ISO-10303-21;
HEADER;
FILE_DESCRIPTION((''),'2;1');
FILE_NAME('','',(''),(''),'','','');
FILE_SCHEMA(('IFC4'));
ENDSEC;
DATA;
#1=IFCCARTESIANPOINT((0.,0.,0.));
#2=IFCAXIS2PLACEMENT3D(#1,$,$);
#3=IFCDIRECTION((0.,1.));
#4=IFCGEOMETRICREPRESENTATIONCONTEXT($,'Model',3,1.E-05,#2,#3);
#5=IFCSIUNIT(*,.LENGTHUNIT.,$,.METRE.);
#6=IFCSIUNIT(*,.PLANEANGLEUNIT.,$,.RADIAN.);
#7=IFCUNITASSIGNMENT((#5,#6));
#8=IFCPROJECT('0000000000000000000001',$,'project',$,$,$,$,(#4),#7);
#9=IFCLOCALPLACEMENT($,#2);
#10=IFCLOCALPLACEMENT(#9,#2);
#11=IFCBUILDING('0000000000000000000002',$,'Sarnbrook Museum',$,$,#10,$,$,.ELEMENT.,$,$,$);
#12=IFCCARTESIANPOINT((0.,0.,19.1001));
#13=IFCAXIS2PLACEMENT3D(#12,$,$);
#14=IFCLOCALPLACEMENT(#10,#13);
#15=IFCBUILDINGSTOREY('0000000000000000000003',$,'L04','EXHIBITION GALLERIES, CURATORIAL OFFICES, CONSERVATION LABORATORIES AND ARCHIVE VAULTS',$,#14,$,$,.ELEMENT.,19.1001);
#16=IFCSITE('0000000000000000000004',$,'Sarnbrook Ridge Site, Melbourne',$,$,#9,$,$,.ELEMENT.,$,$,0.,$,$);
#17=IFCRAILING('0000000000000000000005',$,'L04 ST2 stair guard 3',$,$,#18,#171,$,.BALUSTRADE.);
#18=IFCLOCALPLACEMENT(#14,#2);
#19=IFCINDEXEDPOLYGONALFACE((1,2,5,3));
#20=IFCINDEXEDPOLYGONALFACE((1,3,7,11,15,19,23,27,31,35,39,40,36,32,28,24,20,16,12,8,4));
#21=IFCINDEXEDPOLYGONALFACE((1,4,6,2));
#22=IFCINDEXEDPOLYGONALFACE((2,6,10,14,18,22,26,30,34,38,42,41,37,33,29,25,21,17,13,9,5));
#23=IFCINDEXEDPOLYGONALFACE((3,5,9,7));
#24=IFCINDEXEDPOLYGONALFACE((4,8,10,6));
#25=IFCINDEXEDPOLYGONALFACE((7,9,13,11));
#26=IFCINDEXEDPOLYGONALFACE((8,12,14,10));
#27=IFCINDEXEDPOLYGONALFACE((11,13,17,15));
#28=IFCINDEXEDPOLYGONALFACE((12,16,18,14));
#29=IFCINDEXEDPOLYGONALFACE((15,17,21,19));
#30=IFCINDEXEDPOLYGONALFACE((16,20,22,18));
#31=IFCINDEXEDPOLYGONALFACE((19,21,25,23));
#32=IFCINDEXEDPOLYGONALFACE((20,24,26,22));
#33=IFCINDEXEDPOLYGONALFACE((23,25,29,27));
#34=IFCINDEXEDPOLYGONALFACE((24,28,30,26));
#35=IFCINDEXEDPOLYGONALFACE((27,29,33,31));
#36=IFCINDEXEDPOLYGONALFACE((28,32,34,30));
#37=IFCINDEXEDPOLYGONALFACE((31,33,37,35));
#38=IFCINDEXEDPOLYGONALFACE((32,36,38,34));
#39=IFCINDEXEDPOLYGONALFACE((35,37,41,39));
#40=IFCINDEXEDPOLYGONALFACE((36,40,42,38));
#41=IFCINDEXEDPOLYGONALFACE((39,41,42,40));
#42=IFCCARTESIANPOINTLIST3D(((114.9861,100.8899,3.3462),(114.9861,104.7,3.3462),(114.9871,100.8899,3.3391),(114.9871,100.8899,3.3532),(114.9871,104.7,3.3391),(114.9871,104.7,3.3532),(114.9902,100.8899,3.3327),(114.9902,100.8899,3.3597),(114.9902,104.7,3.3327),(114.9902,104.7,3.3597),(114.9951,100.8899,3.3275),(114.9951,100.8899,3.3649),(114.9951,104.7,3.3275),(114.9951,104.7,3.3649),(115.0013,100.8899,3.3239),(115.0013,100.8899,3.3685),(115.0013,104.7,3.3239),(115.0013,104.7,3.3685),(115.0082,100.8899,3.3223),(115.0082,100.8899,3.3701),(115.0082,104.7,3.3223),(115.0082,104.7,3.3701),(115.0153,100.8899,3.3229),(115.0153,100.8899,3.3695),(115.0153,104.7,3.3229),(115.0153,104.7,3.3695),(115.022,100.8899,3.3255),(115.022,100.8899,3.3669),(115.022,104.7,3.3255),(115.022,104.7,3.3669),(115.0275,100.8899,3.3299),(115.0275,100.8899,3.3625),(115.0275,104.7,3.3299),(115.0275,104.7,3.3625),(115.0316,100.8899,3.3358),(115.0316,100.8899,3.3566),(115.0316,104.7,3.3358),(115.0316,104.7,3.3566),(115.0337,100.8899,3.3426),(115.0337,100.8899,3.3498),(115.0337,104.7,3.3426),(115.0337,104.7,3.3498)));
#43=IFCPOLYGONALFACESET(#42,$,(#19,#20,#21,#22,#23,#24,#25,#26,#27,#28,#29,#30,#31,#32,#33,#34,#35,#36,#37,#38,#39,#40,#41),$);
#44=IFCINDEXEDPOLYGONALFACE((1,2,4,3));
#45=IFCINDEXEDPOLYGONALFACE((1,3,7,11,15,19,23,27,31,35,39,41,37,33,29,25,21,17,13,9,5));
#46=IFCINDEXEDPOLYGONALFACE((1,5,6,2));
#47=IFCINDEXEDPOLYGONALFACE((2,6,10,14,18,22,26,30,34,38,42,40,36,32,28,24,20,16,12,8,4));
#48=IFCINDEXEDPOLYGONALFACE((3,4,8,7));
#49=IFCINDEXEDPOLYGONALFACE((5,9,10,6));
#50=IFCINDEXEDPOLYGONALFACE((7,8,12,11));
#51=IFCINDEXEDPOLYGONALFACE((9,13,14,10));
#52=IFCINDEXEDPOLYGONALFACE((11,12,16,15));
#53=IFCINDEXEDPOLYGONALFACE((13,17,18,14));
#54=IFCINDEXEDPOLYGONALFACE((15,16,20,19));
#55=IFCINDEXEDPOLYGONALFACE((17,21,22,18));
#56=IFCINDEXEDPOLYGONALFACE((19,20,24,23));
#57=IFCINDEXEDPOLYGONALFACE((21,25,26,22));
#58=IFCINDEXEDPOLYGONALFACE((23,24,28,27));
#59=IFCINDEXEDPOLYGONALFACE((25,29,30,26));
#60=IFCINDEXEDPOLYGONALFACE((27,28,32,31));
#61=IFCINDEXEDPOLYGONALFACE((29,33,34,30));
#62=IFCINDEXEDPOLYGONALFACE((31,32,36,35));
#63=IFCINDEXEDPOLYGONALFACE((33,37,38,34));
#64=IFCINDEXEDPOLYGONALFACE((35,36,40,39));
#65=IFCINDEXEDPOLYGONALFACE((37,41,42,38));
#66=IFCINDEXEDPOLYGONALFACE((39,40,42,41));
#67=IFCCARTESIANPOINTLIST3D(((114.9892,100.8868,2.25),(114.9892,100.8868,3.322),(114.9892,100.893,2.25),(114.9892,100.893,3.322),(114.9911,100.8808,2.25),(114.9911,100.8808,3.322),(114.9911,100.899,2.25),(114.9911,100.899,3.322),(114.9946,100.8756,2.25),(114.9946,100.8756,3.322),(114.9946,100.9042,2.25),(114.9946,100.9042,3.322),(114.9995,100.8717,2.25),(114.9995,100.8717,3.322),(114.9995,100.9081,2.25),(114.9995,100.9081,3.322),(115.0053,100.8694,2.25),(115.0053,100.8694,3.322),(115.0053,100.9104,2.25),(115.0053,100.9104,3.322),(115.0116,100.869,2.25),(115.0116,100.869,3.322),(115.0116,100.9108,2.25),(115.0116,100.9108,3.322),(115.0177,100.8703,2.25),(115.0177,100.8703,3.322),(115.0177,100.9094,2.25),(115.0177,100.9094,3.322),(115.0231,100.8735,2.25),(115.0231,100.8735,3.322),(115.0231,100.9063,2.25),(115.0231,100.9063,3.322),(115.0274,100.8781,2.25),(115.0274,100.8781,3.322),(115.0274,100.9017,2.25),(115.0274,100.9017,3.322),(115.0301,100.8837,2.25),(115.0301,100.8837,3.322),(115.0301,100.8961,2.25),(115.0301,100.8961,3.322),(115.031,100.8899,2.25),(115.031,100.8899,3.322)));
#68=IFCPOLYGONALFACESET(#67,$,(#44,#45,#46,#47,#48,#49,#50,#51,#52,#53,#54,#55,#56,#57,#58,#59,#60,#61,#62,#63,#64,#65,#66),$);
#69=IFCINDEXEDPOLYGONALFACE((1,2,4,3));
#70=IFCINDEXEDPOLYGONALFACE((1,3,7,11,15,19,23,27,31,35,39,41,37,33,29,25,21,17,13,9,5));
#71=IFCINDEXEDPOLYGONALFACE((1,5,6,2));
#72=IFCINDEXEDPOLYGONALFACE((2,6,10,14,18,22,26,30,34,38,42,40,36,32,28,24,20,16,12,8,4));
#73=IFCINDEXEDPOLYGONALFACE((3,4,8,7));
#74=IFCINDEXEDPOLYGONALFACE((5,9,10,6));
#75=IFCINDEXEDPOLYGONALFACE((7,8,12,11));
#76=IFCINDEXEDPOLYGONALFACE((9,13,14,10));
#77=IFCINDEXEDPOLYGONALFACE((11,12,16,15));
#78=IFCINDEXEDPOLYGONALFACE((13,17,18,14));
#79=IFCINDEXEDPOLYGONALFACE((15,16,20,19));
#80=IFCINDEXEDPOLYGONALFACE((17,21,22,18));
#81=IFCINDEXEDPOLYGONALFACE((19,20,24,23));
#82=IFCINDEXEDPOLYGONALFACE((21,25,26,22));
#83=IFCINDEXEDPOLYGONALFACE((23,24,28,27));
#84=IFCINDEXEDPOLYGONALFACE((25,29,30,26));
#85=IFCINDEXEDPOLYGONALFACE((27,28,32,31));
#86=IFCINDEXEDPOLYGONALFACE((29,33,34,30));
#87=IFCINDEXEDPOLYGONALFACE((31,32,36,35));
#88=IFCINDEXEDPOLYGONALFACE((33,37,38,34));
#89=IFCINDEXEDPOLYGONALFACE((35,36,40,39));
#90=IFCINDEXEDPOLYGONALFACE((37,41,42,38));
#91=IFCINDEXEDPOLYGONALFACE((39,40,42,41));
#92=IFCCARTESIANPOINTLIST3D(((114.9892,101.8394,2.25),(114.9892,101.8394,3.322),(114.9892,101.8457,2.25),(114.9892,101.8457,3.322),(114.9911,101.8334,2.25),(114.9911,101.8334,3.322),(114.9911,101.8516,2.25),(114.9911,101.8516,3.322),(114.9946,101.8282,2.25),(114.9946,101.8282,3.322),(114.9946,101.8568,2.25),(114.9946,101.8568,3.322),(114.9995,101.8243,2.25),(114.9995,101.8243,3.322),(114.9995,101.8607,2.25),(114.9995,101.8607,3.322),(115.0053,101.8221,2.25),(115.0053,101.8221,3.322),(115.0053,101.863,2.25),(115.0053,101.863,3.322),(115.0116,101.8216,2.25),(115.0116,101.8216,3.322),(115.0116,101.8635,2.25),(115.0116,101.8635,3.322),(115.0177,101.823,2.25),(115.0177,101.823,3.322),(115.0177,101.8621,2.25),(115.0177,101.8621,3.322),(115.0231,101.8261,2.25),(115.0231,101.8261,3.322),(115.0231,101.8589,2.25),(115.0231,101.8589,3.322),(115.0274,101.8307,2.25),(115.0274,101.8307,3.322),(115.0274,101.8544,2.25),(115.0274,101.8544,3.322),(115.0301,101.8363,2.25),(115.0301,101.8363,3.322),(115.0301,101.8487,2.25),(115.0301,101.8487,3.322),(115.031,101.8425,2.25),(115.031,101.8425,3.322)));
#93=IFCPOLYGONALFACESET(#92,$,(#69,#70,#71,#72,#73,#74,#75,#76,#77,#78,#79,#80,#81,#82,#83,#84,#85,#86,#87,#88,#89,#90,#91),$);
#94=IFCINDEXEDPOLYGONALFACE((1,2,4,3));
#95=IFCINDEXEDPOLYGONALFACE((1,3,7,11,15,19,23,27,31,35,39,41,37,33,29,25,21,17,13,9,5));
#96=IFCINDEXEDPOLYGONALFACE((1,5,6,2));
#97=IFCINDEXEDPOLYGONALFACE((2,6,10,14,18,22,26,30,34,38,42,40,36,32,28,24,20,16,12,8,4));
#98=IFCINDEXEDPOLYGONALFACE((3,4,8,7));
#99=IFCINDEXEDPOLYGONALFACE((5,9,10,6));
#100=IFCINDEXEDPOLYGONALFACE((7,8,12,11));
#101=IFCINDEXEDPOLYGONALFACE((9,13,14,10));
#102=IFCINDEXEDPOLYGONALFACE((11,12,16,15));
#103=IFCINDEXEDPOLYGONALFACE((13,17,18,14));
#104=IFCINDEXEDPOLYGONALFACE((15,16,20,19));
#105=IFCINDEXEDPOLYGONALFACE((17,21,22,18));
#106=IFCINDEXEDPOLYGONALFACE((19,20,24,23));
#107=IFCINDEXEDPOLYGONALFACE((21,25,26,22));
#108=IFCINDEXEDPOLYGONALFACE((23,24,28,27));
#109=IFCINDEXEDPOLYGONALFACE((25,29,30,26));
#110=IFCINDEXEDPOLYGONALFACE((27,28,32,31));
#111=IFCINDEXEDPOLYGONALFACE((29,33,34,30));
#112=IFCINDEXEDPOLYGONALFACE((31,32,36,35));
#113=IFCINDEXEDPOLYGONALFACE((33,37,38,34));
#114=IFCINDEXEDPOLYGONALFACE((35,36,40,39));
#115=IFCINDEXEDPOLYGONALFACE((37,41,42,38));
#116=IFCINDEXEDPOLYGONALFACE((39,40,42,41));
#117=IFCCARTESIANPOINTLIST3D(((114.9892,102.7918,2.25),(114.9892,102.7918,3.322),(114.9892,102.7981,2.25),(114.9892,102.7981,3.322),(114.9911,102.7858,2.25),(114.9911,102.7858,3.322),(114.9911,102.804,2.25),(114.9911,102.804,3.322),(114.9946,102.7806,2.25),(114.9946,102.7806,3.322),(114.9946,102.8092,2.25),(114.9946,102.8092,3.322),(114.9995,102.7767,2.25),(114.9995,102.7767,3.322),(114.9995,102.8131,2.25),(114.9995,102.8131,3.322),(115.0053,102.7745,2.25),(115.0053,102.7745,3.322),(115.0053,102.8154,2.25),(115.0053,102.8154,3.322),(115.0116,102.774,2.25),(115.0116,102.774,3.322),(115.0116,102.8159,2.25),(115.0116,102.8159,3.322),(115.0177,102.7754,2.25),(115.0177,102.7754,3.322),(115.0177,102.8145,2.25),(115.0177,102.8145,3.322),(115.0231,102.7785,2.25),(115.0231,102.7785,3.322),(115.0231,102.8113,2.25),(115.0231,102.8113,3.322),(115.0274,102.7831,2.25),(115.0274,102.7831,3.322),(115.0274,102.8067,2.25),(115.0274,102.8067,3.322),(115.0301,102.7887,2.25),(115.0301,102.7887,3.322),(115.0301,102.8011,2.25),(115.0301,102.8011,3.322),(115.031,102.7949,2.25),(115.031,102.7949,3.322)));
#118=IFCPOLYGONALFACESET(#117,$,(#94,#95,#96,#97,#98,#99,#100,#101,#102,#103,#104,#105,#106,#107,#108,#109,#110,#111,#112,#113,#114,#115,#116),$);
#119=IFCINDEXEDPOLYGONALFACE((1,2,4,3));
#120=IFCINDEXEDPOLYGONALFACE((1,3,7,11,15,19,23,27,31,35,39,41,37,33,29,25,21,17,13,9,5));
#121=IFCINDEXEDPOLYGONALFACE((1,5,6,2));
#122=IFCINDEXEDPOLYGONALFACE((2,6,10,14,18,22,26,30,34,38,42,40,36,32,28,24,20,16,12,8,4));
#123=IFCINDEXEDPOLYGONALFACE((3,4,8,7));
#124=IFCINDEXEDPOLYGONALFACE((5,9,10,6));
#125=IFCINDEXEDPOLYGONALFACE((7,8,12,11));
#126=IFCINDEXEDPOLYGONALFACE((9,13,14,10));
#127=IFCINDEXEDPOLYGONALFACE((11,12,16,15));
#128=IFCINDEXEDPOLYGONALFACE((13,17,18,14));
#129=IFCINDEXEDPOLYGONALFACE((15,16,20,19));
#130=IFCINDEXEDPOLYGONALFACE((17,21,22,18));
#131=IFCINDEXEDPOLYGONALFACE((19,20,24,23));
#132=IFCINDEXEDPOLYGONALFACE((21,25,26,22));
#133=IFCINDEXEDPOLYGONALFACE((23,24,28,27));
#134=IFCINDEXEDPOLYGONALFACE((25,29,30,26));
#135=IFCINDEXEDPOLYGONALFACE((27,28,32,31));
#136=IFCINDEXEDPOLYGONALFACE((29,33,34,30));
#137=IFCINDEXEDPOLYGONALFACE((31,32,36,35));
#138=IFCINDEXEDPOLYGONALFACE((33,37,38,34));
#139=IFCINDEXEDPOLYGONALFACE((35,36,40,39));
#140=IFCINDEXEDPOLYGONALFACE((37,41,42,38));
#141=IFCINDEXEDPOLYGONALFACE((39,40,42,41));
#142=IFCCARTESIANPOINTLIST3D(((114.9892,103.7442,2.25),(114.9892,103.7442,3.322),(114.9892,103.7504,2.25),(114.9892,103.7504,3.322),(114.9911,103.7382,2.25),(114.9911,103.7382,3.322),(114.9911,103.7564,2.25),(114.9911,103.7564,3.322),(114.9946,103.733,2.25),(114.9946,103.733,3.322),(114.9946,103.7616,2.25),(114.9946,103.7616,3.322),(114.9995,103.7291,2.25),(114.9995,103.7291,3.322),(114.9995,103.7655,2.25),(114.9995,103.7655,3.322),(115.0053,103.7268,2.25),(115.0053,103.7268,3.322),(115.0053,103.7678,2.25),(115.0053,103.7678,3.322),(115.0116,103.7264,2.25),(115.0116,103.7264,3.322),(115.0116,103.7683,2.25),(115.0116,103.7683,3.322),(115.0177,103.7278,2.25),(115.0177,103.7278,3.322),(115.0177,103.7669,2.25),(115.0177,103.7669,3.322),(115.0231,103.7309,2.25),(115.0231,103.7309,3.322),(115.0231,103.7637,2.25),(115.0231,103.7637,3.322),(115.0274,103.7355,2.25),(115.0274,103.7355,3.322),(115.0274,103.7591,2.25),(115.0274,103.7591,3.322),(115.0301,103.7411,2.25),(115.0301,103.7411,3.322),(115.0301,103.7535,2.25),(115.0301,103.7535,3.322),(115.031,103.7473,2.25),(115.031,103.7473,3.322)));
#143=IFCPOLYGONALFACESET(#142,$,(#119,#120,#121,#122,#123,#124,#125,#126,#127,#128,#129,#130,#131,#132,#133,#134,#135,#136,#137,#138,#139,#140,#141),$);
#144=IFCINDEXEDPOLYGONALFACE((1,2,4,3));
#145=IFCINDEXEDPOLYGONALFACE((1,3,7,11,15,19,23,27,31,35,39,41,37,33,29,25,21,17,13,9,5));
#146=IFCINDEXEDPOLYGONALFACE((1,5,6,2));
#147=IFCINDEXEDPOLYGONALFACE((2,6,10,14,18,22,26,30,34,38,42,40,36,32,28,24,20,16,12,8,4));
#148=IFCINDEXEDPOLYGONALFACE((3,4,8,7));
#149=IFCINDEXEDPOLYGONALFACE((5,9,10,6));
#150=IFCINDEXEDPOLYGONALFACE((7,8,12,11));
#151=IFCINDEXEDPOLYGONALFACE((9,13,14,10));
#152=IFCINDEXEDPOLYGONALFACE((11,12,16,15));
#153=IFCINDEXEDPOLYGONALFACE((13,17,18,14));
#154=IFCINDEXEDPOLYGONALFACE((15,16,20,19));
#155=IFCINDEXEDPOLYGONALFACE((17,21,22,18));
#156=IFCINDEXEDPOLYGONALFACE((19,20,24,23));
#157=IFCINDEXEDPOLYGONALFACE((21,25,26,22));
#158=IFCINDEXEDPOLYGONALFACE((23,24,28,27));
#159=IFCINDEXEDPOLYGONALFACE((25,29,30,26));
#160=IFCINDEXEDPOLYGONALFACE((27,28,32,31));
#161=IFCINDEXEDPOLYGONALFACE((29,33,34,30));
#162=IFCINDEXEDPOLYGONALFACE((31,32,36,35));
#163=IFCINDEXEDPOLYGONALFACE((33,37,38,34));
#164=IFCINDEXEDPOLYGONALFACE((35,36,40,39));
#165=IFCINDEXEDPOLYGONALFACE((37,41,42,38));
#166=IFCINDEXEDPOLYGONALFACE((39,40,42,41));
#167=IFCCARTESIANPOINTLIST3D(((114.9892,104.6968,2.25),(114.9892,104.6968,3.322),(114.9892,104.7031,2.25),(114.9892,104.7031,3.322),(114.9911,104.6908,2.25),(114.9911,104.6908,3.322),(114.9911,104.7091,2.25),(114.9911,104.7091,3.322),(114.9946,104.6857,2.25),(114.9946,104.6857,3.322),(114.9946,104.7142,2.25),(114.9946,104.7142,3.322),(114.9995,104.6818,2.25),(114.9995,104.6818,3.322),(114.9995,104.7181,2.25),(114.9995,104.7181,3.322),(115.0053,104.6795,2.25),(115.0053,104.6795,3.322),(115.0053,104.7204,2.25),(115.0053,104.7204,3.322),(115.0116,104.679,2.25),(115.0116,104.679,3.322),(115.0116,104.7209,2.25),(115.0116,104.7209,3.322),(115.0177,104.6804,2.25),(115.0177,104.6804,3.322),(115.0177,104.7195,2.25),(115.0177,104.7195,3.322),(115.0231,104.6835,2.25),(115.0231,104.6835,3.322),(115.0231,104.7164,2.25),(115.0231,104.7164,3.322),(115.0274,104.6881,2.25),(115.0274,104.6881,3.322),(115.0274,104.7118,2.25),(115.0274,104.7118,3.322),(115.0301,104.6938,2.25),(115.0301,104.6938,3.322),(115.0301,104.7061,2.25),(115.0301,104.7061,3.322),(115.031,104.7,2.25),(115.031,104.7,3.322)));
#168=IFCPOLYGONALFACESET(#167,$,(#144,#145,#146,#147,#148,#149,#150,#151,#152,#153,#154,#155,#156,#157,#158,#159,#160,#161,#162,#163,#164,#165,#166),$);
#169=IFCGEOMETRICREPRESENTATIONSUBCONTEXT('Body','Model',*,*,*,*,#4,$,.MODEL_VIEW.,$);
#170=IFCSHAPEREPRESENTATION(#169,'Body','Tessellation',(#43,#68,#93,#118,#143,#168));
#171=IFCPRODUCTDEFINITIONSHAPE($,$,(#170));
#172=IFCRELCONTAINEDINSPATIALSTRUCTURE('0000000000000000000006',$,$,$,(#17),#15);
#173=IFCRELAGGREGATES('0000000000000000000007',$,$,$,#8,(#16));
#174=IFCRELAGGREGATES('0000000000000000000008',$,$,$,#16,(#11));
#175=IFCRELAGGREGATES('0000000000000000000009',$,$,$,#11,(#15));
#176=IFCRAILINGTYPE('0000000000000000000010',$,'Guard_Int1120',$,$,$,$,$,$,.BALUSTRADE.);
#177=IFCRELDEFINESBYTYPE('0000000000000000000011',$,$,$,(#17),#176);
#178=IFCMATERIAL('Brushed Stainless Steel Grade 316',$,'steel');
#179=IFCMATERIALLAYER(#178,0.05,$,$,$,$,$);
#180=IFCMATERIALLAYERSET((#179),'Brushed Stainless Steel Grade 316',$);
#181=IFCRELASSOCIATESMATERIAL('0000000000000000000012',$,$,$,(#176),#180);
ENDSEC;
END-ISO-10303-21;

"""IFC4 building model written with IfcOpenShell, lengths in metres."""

from ifc_helpers import new_model, si_unit, direction, frame, origin, origin_2d, place, context, subcontext, project, spatial, circle, extrude, material, layer, layer_set, type_object, element, save


model = new_model("IFC4")

# Units and contexts
model_context = context("Model", 3, precision=1e-05, world=origin(), true_north=direction((0.0, 1.0)))
body_context = subcontext(model_context, "Body", "Model", "MODEL_VIEW")
ifc_project = project(units=[si_unit("LENGTHUNIT", "METRE"), si_unit("PLANEANGLEUNIT", "RADIAN")], contexts=[model_context])

# Site, building, storey
site_placement = place(None, origin())
site = spatial("IfcSite", under=ifc_project, at=site_placement, Name="Sarnbrook Ridge Site, Melbourne", CompositionType="ELEMENT", RefElevation=0.0)
building_placement = place(site_placement, origin())
building = spatial("IfcBuilding", under=site, at=building_placement, Name="Sarnbrook Museum", CompositionType="ELEMENT")
storey_placement = place(building_placement, frame((0.0, 0.0, 19.1001)))
storey = spatial("IfcBuildingStorey", under=building, at=storey_placement, Name="L04", Description="EXHIBITION GALLERIES, CURATORIAL OFFICES, CONSERVATION LABORATORIES AND ARCHIVE VAULTS", CompositionType="ELEMENT", Elevation=19.1001)

# Shared definitions
ifc_material_1 = material(Name="Brushed Stainless Steel Grade 316", Category="steel")

# Railing
ifc_layer_1 = layer(ifc_material_1, 0.05)
ifc_layer_set_1 = layer_set([ifc_layer_1], Name="Brushed Stainless Steel Grade 316")
railing_type_1 = type_object("IfcRailingType", Name="Guard_Int1120", PredefinedType="BALUSTRADE", material=ifc_layer_set_1)
railing_1_placement = place(storey_placement, frame((115.01, 100.8899, 2.25)))
element("IfcRailing", 1, at=railing_1_placement, inside=storey, type_object=railing_type_1, Name="L04 ST2 stair guard 3", PredefinedType="BALUSTRADE", context=body_context, shape_type="SweptSolid", body=[
    extrude(circle(Radius=0.0239, at=origin_2d()), frame((0.0, 0.0, 1.0962), z_axis=(0.0, 1.0, 0.0), x_axis=(-1.0, 0.0, 0.0)), (0.0, 0.0, 1.0), 3.8101),
    extrude(circle(Radius=0.021, at=origin_2d()), origin(), (0.0, 0.0, 1.0), 1.072),
    extrude(circle(Radius=0.021, at=origin_2d()), frame((0.0, 0.9526, 0.0)), (0.0, 0.0, 1.0), 1.072),
    extrude(circle(Radius=0.021, at=origin_2d()), frame((0.0, 1.905, 0.0)), (0.0, 0.0, 1.0), 1.072),
    extrude(circle(Radius=0.021, at=origin_2d()), frame((0.0, 2.8574, 0.0)), (0.0, 0.0, 1.0), 1.072),
    extrude(circle(Radius=0.021, at=origin_2d()), frame((0.0, 3.8101, 0.0)), (0.0, 0.0, 1.0), 1.072),
])

save(model, "model.ifc")
